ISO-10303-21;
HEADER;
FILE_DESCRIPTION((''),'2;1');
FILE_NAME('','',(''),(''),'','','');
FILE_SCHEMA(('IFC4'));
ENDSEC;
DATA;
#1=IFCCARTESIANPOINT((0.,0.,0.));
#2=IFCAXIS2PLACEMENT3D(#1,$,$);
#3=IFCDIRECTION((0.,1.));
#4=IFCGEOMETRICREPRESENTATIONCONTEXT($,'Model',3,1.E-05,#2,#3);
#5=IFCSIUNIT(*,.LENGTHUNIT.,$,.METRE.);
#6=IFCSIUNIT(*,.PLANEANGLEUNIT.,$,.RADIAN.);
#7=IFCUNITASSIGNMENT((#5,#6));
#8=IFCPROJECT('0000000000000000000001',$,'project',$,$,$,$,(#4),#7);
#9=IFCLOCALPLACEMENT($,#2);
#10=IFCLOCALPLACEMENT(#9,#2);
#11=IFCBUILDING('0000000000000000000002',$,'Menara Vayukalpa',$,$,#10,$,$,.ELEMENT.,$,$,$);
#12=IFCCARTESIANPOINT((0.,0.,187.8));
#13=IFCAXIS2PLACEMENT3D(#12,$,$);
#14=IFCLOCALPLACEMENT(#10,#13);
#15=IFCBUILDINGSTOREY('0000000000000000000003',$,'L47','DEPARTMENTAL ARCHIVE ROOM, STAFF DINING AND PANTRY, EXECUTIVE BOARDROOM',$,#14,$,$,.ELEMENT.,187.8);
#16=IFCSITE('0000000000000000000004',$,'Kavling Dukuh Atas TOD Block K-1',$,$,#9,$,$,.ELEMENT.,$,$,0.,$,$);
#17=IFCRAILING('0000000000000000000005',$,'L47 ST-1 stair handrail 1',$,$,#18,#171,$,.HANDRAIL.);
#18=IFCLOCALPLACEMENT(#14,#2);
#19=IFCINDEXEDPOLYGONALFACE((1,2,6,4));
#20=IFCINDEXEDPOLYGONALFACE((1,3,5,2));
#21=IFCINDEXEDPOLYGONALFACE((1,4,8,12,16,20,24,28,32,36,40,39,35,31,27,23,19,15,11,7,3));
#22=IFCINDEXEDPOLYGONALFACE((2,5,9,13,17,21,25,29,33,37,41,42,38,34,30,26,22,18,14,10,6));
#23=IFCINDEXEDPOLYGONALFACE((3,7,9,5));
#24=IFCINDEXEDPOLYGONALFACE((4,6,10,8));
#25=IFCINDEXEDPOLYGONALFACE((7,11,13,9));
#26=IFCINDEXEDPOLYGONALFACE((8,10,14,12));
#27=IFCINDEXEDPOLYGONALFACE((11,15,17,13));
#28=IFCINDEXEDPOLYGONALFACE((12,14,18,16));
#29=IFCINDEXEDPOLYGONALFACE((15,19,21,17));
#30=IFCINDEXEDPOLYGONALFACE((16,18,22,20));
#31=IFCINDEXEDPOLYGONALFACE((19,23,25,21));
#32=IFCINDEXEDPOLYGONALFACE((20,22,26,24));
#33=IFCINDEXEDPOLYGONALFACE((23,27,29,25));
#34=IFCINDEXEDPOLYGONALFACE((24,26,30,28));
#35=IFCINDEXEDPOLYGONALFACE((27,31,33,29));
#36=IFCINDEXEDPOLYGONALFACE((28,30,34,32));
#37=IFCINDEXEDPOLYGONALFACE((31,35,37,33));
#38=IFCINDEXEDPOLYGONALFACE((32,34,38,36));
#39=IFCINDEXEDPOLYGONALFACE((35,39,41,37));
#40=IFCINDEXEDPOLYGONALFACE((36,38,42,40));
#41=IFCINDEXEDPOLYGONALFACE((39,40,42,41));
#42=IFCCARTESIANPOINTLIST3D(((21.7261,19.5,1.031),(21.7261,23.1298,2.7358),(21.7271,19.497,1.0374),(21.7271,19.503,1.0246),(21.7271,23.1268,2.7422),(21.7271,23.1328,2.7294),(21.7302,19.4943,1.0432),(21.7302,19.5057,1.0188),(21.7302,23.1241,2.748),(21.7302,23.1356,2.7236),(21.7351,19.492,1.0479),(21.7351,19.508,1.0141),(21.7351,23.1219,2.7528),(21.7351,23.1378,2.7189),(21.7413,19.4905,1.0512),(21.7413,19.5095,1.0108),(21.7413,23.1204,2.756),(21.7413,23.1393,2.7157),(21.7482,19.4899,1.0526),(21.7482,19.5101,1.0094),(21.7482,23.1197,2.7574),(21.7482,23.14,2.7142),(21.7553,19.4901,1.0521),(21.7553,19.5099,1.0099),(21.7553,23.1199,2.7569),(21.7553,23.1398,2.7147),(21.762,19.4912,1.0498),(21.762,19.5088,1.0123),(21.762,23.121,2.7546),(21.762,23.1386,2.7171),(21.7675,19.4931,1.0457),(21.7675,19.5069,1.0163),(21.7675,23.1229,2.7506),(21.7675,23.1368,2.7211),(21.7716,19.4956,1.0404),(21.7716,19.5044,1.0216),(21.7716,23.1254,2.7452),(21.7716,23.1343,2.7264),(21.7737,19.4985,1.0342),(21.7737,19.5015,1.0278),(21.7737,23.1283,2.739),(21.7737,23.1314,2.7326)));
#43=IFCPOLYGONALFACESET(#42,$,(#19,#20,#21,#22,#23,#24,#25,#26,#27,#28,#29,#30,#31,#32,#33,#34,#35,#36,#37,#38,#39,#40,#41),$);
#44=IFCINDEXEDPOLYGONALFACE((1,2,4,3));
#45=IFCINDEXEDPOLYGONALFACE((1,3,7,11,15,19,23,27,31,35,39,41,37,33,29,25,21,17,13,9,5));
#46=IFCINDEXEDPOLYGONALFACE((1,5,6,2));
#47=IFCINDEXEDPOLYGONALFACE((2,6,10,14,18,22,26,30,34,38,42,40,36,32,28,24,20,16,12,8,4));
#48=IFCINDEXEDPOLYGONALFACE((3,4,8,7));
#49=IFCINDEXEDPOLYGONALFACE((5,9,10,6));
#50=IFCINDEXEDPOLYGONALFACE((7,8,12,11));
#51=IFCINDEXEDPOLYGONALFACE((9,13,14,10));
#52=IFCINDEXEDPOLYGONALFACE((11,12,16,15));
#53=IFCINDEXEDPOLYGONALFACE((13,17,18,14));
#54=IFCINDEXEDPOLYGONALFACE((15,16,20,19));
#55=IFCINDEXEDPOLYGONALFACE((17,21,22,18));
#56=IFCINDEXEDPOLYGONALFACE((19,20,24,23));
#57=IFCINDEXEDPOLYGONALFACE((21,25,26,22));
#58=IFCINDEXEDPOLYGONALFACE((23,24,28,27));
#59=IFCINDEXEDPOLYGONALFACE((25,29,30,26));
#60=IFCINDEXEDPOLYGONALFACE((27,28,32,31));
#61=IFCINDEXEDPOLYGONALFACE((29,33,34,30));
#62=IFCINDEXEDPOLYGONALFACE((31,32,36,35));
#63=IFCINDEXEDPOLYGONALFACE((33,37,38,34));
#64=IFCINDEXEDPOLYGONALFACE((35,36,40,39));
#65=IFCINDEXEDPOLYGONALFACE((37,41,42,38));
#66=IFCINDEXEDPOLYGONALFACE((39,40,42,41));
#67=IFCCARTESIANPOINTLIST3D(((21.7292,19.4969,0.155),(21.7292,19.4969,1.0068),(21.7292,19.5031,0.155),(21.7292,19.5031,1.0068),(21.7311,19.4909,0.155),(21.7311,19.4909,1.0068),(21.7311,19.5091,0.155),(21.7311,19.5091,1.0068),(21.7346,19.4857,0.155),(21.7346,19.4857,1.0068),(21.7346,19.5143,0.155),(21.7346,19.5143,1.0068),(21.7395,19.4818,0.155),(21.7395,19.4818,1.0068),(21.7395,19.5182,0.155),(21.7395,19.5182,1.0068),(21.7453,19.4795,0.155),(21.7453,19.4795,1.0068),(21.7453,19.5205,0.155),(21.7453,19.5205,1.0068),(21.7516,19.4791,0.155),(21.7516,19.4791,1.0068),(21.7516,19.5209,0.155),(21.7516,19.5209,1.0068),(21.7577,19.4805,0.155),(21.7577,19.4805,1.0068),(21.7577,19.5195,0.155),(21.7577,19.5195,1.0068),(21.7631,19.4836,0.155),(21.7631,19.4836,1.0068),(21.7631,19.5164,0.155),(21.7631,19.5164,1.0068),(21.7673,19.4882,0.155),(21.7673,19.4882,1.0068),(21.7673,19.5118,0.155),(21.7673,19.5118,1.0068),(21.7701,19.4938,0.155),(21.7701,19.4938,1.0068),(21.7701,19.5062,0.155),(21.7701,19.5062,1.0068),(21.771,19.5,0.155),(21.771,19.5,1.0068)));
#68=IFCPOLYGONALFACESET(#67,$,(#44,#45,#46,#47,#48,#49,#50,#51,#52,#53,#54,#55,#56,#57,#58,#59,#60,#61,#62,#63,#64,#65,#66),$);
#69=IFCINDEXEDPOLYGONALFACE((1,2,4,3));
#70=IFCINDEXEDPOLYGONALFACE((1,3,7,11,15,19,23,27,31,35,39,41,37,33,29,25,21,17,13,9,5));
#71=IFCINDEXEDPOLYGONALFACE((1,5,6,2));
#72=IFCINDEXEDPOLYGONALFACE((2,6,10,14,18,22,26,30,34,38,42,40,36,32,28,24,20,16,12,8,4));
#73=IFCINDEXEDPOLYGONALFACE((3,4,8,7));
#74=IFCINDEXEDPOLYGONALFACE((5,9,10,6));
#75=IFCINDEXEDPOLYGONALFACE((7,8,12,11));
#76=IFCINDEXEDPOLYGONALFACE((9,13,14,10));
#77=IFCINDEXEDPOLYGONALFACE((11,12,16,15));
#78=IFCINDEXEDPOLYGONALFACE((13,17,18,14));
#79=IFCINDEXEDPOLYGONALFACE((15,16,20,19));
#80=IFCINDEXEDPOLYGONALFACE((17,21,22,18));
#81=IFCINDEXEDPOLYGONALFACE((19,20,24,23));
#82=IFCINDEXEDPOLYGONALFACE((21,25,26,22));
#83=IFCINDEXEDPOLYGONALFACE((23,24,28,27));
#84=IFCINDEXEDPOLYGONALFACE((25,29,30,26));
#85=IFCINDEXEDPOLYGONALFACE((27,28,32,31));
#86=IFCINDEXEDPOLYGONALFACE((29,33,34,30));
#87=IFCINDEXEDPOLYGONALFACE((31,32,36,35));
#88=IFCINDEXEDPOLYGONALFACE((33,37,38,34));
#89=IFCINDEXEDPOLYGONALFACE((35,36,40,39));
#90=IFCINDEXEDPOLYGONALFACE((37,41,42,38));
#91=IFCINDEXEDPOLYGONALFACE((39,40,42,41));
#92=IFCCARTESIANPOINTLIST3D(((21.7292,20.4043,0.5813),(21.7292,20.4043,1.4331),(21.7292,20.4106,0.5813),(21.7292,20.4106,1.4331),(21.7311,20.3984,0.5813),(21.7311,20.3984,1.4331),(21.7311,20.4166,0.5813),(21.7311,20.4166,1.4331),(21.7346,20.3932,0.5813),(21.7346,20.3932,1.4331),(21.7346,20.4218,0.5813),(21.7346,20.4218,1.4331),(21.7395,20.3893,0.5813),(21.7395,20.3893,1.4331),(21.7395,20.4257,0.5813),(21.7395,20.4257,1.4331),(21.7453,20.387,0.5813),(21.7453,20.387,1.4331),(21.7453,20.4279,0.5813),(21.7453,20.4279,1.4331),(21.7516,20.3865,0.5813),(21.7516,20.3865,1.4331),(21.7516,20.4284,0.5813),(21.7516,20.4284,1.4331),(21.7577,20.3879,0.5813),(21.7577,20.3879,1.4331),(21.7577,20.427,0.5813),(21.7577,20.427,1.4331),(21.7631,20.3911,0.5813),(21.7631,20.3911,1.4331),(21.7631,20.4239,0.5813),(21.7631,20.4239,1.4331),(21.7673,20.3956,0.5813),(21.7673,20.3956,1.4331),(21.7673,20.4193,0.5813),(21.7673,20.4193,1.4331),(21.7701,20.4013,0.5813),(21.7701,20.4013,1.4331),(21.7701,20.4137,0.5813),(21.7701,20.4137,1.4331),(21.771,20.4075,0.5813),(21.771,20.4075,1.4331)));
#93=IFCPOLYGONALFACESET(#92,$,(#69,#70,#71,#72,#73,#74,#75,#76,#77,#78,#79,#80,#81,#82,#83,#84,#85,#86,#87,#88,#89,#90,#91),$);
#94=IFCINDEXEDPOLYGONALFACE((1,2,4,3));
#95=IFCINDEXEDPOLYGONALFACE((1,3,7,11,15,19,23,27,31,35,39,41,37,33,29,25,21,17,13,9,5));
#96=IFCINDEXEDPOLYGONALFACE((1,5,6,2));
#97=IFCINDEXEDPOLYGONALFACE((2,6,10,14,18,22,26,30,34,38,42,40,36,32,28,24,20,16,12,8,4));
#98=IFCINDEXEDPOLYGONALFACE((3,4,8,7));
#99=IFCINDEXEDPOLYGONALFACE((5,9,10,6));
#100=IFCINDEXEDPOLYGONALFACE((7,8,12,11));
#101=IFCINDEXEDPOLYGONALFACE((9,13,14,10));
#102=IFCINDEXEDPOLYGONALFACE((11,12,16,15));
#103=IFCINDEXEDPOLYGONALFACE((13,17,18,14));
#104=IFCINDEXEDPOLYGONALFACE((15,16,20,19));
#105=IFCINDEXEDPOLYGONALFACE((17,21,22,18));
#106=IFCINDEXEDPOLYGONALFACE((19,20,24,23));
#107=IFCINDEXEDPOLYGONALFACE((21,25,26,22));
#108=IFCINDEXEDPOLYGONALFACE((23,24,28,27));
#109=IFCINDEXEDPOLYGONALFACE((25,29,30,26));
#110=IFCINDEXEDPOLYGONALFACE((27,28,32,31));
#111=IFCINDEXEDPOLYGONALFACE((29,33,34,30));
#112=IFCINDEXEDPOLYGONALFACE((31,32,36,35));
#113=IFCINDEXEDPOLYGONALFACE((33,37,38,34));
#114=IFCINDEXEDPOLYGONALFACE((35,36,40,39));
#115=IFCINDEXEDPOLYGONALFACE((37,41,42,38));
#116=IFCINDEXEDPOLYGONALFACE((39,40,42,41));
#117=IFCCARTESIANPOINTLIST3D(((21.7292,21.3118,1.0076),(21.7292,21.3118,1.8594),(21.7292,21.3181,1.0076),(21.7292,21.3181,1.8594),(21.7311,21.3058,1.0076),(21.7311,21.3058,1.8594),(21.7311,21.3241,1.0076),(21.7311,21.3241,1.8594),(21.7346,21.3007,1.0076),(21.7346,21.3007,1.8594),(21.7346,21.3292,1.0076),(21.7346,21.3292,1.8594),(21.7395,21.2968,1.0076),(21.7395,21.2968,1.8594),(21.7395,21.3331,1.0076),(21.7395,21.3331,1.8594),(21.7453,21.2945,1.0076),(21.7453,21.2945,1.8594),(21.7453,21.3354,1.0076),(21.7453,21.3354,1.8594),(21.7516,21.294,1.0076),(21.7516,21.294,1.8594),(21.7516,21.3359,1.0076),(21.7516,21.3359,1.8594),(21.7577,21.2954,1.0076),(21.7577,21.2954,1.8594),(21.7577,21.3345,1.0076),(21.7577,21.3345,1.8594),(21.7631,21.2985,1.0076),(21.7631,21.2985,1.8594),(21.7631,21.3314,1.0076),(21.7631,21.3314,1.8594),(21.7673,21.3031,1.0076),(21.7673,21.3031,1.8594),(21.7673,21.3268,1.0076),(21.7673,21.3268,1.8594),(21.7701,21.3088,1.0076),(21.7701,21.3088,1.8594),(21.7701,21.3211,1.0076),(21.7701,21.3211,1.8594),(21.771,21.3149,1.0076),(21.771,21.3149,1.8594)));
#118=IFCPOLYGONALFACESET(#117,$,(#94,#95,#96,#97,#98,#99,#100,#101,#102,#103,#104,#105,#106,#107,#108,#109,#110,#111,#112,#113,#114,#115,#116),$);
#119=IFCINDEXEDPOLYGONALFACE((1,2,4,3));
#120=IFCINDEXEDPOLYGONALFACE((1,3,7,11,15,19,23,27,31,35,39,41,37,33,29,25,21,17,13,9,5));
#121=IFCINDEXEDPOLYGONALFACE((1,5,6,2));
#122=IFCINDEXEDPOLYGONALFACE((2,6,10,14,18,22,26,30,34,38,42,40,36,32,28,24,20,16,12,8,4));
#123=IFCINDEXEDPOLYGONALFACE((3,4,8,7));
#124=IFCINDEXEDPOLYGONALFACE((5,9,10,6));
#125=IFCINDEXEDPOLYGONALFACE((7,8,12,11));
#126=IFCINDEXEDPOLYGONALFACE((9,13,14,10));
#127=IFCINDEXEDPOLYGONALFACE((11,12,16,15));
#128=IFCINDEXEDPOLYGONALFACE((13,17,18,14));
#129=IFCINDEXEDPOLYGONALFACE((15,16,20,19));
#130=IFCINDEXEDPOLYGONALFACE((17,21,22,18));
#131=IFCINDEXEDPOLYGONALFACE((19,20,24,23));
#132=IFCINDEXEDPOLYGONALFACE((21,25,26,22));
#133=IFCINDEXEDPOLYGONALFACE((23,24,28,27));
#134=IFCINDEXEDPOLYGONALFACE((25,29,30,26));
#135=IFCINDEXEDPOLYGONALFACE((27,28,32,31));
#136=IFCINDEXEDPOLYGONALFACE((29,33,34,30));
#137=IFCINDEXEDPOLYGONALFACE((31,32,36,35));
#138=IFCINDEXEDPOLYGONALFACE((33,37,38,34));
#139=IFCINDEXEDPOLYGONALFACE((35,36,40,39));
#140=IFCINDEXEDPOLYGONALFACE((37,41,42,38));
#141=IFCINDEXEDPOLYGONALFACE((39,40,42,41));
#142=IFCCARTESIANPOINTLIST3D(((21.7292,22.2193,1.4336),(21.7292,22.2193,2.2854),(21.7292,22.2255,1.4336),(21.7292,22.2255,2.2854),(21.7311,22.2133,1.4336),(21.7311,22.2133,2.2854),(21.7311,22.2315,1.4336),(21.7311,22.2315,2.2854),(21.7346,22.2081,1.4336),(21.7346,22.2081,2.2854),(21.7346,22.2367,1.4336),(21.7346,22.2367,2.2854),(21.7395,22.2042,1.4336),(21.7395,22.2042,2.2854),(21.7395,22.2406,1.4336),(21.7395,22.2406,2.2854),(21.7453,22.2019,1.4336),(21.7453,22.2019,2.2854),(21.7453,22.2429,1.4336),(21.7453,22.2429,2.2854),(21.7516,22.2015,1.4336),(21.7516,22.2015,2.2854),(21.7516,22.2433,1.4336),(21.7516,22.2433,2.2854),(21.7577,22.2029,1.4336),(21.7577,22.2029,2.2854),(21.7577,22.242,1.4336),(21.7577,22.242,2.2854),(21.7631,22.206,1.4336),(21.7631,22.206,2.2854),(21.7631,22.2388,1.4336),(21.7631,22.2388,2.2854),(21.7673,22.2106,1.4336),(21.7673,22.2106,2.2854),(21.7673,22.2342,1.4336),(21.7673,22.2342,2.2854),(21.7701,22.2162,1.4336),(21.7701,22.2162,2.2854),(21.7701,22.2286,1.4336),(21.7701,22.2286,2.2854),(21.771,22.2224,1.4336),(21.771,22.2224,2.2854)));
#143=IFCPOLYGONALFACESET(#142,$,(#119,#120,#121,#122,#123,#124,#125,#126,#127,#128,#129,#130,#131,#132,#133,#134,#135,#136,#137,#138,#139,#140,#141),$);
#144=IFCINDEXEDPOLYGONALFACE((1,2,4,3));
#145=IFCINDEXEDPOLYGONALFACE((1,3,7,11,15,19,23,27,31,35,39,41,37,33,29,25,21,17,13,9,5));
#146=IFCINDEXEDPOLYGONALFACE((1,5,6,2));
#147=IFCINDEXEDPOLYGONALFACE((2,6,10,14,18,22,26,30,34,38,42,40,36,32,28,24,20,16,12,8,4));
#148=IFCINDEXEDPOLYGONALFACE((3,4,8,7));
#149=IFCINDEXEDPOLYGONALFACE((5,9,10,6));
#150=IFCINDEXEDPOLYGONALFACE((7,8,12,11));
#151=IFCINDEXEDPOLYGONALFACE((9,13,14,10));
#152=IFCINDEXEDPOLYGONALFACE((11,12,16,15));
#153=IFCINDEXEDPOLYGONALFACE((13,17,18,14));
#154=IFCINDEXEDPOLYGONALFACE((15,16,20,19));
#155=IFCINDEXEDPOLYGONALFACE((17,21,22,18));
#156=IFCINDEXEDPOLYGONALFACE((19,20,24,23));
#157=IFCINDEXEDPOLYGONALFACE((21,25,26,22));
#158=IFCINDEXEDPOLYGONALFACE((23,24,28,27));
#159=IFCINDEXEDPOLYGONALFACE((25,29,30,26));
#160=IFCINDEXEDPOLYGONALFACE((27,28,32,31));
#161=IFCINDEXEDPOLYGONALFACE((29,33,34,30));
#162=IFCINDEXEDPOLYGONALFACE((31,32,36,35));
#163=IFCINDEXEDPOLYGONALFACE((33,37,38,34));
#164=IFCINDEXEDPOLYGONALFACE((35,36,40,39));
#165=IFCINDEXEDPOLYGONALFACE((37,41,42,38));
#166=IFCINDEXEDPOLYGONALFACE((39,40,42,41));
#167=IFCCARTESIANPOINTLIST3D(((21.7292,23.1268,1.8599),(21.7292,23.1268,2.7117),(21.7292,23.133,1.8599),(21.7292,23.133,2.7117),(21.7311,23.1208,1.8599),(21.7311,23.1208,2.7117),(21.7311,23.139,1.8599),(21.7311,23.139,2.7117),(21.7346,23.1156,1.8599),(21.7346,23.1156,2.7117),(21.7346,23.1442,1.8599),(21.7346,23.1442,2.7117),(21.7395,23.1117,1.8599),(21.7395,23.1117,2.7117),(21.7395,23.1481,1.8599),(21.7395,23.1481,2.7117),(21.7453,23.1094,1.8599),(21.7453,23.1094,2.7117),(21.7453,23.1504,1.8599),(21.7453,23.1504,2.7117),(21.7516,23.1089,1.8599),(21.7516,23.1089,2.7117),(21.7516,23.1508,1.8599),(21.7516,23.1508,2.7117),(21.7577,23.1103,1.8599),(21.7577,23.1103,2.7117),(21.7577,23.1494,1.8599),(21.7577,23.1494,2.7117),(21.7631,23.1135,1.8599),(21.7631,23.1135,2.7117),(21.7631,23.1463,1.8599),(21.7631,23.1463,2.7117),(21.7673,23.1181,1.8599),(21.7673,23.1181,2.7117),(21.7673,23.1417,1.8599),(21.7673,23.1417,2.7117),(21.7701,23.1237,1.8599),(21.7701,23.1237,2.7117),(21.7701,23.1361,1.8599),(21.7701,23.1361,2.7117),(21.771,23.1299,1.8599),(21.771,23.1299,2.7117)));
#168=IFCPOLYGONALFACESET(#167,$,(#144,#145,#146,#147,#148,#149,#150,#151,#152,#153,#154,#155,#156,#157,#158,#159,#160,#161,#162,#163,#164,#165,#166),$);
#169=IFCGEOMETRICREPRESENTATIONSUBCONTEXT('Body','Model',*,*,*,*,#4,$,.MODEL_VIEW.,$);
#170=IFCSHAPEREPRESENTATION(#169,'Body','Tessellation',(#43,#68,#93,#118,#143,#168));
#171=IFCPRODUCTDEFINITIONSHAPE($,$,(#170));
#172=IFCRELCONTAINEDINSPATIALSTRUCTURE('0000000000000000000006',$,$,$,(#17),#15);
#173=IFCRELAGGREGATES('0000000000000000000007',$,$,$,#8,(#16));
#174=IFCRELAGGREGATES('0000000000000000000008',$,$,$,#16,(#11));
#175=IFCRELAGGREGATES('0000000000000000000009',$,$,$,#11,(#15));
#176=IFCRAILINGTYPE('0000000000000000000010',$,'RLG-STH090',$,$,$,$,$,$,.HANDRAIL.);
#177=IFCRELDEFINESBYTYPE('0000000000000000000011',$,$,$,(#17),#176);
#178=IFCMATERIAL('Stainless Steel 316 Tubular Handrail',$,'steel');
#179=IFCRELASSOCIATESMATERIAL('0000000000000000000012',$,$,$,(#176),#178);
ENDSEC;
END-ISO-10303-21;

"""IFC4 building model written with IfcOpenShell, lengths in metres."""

from ifc_helpers import new_model, si_unit, direction, frame, origin, origin_2d, place, context, subcontext, project, spatial, circle, extrude, material, type_object, element, save


model = new_model("IFC4")

# Units and contexts
model_context = context("Model", 3, precision=1e-05, world=origin(), true_north=direction((0.0, 1.0)))
body_context = subcontext(model_context, "Body", "Model", "MODEL_VIEW")
ifc_project = project(units=[si_unit("LENGTHUNIT", "METRE"), si_unit("PLANEANGLEUNIT", "RADIAN")], contexts=[model_context])

# Site, building, storey
site_placement = place(None, origin())
site = spatial("IfcSite", under=ifc_project, at=site_placement, Name="Kavling Dukuh Atas TOD Block K-1", CompositionType="ELEMENT", RefElevation=0.0)
building_placement = place(site_placement, origin())
building = spatial("IfcBuilding", under=site, at=building_placement, Name="Menara Vayukalpa", CompositionType="ELEMENT")
storey_placement = place(building_placement, frame((0.0, 0.0, 187.8)))
storey = spatial("IfcBuildingStorey", under=building, at=storey_placement, Name="L47", Description="DEPARTMENTAL ARCHIVE ROOM, STAFF DINING AND PANTRY, EXECUTIVE BOARDROOM", CompositionType="ELEMENT", Elevation=187.8)

# Railing
ifc_material_1 = material(Name="Stainless Steel 316 Tubular Handrail", Category="steel")
railing_type_1 = type_object("IfcRailingType", Name="RLG-STH090", PredefinedType="HANDRAIL", material=ifc_material_1)
railing_1_placement = place(storey_placement, frame((21.75, 19.5, 0.155)))
element("IfcRailing", 1, at=railing_1_placement, inside=storey, type_object=railing_type_1, Name="L47 ST-1 stair handrail 1", PredefinedType="HANDRAIL", context=body_context, shape_type="SweptSolid", body=[
    extrude(circle(Radius=0.0239, at=origin_2d()), frame((0.0, 0.0, 0.876), z_axis=(0.0, 0.90514, 0.425114), x_axis=(-1.0, 0.0, 0.0)), (0.0, 0.0, 1.0), 4.0103),
    extrude(circle(Radius=0.021, at=origin_2d()), origin(), (0.0, 0.0, 1.0), 0.8518),
    extrude(circle(Radius=0.021, at=origin_2d()), frame((0.0, 0.9075, 0.4263)), (0.0, 0.0, 1.0), 0.8518),
    extrude(circle(Radius=0.021, at=origin_2d()), frame((0.0, 1.8149, 0.8525)), (0.0, 0.0, 1.0), 0.8518),
    extrude(circle(Radius=0.021, at=origin_2d()), frame((0.0, 2.7224, 1.2786)), (0.0, 0.0, 1.0), 0.8518),
    extrude(circle(Radius=0.021, at=origin_2d()), frame((0.0, 3.6299, 1.7048)), (0.0, 0.0, 1.0), 0.8518),
])

save(model, "model.ifc")
